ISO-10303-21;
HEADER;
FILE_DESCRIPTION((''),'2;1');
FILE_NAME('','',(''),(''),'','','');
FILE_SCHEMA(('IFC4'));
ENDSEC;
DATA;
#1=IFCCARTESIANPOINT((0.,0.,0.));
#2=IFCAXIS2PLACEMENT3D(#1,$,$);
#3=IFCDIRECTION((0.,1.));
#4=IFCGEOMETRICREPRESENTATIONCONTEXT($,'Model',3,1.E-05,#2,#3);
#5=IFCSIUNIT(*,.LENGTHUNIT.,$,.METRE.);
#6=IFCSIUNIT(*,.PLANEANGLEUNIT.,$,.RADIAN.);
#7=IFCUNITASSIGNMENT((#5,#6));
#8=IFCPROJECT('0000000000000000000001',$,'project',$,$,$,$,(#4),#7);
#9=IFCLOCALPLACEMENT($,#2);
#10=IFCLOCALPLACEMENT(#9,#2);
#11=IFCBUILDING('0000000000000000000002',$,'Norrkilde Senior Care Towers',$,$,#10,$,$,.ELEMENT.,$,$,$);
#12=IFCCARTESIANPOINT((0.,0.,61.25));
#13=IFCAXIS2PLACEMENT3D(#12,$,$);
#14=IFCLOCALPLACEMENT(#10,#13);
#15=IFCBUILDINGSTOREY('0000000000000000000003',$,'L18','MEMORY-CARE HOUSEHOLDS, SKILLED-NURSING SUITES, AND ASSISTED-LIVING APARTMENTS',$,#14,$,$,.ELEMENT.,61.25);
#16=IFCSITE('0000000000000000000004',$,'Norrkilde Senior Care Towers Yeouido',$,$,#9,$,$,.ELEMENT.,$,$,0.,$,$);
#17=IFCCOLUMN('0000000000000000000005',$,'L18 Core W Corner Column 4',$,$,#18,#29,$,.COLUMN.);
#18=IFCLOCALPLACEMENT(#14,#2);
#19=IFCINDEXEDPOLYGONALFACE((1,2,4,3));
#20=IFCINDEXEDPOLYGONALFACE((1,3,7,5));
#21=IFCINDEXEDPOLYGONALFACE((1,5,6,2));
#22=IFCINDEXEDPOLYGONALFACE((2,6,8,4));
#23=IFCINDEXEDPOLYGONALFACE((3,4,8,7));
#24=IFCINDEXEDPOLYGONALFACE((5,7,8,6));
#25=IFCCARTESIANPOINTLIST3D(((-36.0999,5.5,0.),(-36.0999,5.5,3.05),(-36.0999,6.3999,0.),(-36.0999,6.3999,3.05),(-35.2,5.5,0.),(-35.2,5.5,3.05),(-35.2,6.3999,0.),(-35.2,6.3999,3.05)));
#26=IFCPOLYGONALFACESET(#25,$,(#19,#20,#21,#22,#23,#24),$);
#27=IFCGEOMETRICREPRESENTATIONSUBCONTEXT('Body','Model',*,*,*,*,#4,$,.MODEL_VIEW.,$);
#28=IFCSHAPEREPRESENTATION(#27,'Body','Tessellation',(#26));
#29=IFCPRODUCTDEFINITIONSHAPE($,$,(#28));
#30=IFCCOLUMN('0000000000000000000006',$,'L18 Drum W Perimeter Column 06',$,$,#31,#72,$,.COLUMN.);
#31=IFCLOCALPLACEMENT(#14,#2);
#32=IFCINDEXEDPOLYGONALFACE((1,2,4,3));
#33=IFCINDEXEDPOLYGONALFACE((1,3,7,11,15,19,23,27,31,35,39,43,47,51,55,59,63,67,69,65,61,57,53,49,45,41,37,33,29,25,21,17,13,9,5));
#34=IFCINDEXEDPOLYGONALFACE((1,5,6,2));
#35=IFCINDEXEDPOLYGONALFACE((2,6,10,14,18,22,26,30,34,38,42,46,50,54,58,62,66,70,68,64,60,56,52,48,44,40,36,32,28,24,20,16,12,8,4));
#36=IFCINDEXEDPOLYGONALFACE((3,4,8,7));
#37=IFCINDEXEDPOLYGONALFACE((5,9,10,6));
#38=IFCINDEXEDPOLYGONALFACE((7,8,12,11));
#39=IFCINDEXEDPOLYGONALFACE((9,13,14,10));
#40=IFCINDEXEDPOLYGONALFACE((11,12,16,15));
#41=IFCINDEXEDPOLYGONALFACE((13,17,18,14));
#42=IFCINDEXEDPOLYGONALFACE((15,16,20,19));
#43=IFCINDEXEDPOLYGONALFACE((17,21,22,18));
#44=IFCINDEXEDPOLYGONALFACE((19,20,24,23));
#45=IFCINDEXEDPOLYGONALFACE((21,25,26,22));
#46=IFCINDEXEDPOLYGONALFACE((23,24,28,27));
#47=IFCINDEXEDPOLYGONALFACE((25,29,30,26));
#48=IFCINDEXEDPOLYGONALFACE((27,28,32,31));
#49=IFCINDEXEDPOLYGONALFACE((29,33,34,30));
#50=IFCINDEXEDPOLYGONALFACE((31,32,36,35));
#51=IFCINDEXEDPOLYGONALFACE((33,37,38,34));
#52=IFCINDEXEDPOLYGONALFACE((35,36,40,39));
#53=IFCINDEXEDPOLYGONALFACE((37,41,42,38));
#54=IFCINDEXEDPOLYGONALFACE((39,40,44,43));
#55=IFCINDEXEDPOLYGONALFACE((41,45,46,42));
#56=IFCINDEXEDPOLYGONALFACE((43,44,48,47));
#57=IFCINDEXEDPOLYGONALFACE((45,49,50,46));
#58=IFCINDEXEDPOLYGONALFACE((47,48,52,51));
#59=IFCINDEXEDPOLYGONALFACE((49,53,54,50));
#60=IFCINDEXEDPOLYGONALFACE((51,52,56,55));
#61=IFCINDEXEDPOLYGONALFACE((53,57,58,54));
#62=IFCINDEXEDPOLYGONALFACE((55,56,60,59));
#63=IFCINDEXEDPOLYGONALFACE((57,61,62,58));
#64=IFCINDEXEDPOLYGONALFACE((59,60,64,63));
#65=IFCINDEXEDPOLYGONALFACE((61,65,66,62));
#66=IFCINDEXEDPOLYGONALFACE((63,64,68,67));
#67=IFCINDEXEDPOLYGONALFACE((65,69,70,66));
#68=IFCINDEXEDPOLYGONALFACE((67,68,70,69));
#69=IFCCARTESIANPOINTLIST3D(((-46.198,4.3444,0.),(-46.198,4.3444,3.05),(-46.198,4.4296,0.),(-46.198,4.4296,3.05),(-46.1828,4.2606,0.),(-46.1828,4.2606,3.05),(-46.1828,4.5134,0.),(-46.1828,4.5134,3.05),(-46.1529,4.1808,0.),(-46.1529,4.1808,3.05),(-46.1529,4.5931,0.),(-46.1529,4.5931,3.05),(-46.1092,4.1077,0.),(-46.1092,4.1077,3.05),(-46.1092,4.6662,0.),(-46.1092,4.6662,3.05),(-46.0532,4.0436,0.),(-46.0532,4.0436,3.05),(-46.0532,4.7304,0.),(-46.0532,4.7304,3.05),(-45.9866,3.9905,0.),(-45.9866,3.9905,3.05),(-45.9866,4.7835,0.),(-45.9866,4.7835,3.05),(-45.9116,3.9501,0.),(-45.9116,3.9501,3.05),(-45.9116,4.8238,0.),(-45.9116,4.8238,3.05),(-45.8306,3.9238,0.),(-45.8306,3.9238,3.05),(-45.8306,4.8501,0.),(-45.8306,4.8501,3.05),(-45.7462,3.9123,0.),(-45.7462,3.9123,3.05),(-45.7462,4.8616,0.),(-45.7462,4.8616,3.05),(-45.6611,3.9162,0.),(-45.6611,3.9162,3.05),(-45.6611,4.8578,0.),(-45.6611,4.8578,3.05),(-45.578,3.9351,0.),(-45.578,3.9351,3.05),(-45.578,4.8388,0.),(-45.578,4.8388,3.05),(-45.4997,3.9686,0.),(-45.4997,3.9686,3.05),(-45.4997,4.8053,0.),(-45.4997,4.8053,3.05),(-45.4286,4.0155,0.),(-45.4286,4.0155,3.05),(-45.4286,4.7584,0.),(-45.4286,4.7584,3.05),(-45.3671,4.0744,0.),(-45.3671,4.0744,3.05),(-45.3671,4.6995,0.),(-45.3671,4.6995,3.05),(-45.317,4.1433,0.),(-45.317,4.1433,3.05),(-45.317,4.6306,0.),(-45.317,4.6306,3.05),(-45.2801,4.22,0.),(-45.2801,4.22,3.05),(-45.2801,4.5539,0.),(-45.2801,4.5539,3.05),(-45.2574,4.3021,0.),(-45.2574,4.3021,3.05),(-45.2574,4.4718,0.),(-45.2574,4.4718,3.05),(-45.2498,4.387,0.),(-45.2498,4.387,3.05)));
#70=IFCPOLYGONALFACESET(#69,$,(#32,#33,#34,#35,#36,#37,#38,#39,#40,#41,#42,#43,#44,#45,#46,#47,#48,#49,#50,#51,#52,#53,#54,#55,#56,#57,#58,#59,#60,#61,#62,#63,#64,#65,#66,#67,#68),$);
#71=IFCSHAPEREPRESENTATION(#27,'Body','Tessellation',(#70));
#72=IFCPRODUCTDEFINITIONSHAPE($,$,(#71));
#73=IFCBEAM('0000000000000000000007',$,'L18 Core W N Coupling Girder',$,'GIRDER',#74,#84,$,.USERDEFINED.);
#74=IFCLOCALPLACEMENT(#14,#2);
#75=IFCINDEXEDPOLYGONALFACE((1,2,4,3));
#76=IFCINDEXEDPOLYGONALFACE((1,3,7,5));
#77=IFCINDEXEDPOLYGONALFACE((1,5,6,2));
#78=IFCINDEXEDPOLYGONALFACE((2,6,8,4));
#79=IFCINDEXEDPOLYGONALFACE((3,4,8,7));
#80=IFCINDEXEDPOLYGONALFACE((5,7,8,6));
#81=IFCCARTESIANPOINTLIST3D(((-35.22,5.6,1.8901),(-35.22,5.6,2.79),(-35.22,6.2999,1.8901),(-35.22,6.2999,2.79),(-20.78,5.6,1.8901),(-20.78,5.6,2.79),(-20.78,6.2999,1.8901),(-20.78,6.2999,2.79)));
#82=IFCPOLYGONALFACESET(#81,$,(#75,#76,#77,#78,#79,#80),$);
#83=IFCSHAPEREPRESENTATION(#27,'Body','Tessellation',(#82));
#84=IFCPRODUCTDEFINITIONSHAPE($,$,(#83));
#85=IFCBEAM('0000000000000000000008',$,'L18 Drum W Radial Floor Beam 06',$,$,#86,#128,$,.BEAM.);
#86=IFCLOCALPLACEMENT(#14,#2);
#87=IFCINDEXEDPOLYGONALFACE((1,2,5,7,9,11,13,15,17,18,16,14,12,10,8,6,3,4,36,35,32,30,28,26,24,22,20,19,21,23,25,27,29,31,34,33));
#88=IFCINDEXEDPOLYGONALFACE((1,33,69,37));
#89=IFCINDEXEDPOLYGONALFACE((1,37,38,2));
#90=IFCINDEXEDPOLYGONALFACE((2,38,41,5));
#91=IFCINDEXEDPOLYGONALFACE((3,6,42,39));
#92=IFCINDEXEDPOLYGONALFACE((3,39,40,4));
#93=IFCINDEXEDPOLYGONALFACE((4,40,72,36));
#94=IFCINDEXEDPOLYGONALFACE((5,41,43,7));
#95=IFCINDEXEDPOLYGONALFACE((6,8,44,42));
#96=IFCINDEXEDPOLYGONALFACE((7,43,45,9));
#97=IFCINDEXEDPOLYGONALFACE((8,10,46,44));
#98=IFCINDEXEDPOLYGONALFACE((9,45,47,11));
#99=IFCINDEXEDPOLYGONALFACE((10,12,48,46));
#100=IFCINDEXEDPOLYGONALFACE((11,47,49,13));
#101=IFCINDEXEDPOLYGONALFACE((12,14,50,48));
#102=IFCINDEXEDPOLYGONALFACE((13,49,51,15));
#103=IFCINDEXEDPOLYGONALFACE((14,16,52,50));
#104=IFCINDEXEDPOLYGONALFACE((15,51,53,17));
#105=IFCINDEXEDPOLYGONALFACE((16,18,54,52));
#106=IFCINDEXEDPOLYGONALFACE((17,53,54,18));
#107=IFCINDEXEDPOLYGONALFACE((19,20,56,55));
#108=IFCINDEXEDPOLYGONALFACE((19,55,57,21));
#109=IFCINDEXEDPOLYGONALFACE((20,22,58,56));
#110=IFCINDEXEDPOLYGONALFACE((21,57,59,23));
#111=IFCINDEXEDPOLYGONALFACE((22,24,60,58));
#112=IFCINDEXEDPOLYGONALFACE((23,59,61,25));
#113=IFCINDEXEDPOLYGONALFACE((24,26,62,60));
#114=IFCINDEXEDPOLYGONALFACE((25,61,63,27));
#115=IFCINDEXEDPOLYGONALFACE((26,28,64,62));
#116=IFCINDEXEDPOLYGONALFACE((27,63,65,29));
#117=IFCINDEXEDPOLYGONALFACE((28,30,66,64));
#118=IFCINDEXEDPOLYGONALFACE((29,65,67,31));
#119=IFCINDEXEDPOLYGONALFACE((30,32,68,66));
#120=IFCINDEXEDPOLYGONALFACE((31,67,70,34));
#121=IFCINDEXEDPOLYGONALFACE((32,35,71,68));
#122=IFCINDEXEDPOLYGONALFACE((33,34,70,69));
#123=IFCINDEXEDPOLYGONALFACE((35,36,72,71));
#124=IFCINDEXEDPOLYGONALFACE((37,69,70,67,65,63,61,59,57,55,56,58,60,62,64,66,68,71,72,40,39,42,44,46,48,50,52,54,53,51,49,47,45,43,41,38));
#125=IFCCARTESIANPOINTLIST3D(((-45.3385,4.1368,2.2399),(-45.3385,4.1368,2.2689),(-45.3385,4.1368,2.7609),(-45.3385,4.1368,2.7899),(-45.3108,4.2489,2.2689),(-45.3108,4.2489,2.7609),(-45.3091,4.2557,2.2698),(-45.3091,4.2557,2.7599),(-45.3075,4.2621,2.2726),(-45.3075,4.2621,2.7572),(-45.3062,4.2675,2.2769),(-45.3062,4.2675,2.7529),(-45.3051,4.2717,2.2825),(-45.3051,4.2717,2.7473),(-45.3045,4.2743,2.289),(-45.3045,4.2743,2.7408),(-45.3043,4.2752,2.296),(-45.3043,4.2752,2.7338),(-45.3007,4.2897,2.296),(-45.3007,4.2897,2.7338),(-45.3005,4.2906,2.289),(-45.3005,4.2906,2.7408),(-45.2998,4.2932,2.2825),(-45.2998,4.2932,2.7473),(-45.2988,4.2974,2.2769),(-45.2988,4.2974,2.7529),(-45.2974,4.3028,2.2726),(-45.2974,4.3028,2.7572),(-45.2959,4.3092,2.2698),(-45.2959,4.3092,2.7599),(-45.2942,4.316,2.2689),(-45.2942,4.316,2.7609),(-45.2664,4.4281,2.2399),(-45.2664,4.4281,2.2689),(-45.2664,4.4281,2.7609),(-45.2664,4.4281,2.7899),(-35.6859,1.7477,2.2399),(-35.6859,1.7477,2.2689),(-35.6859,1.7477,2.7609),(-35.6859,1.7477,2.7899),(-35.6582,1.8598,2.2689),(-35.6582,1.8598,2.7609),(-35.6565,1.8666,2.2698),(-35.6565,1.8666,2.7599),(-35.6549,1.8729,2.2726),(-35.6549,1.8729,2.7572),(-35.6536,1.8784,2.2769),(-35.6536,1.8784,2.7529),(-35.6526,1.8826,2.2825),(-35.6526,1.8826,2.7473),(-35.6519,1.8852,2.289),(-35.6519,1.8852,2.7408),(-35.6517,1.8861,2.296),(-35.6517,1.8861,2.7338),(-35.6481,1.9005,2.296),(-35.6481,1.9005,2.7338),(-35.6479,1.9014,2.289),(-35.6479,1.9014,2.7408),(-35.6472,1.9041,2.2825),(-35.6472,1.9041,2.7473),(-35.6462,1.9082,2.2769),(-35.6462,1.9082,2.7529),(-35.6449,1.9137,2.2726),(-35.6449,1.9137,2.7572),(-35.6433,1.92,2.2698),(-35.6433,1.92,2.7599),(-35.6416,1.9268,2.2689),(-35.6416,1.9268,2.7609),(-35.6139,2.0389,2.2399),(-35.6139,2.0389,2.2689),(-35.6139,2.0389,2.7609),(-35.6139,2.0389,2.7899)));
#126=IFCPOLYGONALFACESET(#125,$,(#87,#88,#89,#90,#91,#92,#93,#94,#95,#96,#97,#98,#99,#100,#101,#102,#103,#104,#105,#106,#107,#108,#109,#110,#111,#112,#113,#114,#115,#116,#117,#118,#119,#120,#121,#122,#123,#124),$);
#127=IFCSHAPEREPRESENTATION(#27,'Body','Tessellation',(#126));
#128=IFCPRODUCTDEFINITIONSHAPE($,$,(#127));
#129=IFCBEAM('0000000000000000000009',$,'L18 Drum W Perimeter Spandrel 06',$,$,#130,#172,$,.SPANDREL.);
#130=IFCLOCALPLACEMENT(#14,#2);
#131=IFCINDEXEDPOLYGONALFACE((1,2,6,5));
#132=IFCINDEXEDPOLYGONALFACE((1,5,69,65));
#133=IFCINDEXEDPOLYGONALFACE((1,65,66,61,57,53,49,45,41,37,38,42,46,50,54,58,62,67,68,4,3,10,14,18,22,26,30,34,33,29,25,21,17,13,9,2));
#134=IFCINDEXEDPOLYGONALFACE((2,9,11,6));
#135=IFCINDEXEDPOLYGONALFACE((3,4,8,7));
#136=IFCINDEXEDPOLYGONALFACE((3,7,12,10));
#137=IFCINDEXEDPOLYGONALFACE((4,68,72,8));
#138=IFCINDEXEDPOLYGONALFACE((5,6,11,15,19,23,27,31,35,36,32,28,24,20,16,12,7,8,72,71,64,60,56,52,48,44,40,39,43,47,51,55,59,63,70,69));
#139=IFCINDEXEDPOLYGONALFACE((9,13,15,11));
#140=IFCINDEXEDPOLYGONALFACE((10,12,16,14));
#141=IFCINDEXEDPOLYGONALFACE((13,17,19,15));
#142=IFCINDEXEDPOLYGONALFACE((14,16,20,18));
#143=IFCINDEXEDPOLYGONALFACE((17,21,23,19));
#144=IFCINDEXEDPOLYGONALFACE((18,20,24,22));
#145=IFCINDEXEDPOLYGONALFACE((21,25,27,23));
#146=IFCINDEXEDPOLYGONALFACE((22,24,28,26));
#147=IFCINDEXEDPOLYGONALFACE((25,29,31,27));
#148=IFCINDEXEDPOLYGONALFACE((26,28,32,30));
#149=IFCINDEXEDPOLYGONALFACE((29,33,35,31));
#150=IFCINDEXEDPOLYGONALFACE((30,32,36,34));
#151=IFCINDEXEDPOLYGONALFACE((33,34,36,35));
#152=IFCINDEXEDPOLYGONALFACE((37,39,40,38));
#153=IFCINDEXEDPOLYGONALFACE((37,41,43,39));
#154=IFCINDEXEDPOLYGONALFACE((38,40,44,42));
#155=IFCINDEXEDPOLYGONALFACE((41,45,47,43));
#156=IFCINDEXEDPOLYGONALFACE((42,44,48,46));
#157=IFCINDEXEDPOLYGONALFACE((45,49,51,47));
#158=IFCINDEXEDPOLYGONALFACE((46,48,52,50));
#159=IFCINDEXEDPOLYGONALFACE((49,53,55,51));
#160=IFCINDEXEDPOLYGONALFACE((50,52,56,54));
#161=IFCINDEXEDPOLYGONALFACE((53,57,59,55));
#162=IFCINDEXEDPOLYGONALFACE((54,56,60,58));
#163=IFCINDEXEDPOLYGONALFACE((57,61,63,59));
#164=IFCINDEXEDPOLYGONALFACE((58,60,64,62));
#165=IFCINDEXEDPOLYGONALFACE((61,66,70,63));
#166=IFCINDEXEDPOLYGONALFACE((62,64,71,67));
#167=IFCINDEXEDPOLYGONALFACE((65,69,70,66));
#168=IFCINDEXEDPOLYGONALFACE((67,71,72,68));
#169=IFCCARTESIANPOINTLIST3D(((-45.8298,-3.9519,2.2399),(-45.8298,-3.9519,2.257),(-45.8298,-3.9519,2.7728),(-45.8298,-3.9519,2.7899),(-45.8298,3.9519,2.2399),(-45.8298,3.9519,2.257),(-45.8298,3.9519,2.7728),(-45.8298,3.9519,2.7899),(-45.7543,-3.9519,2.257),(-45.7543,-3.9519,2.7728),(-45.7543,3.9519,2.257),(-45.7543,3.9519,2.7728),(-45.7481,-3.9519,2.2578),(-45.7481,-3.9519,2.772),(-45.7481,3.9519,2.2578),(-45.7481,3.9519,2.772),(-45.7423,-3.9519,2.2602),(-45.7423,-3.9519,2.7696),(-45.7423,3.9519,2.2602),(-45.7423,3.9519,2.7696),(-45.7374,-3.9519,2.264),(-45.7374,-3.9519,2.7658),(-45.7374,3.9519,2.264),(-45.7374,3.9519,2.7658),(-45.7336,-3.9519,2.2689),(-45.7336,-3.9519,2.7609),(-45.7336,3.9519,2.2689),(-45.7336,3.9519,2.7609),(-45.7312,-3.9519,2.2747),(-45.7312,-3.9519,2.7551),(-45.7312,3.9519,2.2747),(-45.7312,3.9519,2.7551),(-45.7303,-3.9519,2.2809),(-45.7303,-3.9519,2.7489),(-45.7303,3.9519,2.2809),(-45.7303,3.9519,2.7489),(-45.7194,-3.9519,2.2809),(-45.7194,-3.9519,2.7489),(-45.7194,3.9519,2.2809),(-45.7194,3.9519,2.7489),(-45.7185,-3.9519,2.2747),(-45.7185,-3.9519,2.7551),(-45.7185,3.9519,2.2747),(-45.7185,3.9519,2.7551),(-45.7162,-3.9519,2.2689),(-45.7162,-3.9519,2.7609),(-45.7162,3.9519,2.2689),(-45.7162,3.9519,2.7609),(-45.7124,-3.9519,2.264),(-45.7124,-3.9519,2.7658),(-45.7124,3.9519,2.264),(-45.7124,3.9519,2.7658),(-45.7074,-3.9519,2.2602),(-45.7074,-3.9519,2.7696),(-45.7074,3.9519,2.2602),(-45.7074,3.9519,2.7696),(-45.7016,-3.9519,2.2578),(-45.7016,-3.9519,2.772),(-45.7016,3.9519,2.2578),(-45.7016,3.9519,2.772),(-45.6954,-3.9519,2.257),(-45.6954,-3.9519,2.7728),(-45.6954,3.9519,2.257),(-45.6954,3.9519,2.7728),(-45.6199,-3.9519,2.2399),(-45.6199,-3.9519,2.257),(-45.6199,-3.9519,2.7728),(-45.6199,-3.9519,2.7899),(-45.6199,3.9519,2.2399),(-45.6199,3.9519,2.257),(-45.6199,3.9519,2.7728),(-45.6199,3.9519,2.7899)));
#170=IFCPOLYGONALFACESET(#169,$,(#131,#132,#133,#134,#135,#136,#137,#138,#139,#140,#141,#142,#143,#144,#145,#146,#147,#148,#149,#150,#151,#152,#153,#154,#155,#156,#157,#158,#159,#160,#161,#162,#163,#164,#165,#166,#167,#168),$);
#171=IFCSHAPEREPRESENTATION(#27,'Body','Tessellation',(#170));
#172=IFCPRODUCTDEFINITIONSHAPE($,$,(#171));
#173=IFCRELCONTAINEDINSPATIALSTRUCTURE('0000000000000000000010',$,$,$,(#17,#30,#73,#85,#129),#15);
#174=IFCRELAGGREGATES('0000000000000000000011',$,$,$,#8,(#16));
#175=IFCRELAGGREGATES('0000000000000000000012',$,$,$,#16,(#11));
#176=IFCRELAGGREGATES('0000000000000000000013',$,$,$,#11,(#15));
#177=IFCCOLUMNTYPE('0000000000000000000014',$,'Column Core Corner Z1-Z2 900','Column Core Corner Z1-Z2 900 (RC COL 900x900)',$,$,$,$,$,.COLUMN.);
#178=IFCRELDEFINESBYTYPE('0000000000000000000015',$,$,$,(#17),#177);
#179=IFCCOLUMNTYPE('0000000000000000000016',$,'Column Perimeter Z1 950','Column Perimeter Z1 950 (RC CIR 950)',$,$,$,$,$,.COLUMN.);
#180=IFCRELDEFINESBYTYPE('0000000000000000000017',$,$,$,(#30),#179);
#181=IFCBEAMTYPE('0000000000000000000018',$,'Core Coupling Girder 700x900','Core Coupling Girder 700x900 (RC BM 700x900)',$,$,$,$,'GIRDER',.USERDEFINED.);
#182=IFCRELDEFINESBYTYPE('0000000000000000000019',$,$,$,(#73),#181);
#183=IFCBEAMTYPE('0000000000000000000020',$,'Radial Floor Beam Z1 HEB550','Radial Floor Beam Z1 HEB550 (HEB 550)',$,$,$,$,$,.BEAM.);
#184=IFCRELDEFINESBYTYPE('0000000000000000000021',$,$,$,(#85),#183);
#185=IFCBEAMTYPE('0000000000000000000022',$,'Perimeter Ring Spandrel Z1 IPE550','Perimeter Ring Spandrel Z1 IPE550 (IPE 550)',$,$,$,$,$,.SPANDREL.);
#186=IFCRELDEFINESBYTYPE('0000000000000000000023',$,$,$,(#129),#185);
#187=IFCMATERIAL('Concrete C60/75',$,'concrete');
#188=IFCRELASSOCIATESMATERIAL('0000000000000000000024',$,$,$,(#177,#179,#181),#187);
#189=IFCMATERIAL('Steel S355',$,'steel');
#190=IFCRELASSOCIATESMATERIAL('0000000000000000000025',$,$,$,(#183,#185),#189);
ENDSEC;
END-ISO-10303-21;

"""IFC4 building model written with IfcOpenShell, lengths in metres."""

from ifc_helpers import new_model, si_unit, direction, frame, origin, origin_2d, place, context, subcontext, project, spatial, rectangle, circle, i_section, extrude, source, transform, mapped, material, material_profile, profile_set, type_object, type_shapes, element, save


model = new_model("IFC4")

# Units and contexts
model_context = context("Model", 3, precision=1e-05, world=origin(), true_north=direction((0.0, 1.0)))
body_context = subcontext(model_context, "Body", "Model", "MODEL_VIEW")
ifc_project = project(units=[si_unit("LENGTHUNIT", "METRE"), si_unit("PLANEANGLEUNIT", "RADIAN")], contexts=[model_context])

# Site, building, storey
site_placement = place(None, origin())
site = spatial("IfcSite", under=ifc_project, at=site_placement, Name="Norrkilde Senior Care Towers Yeouido", CompositionType="ELEMENT", RefElevation=0.0)
building_placement = place(site_placement, origin())
building = spatial("IfcBuilding", under=site, at=building_placement, Name="Norrkilde Senior Care Towers", CompositionType="ELEMENT")
storey_placement = place(building_placement, frame((0.0, 0.0, 61.25)))
storey = spatial("IfcBuildingStorey", under=building, at=storey_placement, Name="L18", Description="MEMORY-CARE HOUSEHOLDS, SKILLED-NURSING SUITES, AND ASSISTED-LIVING APARTMENTS", CompositionType="ELEMENT", Elevation=61.25)

# Columns
ifc_material_1 = material(Name="Concrete C60/75", Category="concrete")
ifc_material_profile_1 = material_profile(ifc_material_1, rectangle(XDim=0.8999, YDim=0.8999, at=origin_2d()), Name="RC COL 900x900")
ifc_profile_set_1 = profile_set([ifc_material_profile_1], Name="Concrete C60/75")
column_type_1 = type_object("IfcColumnType", Name="Column Core Corner Z1-Z2 900", Description="Column Core Corner Z1-Z2 900 (RC COL 900x900)", PredefinedType="COLUMN", material=ifc_profile_set_1)
shared_shape_1 = source(origin(), body_context, "Body", "SweptSolid", [
    extrude(rectangle(XDim=0.8999, YDim=0.8999, at=origin_2d()), origin(), (0.0, 0.0, 1.0), 3.05),
])
type_shapes(column_type_1, [shared_shape_1])
column_1_placement = place(storey_placement, frame((-35.6499, 5.95, 0.0), z_axis=(0.0, 0.0, 1.0), x_axis=(1.0, 0.0, 0.0)))
element("IfcColumn", 1, at=column_1_placement, inside=storey, type_object=column_type_1, Name="L18 Core W Corner Column 4", PredefinedType="COLUMN", context=body_context, shape_type="MappedRepresentation", body=[
    mapped(shared_shape_1, transform((0.0, 0.0, 0.0), x_axis=(1.0, 0.0, 0.0), y_axis=(0.0, 1.0, 0.0), z_axis=(0.0, 0.0, 1.0), scale=1.0)),
])
ifc_material_profile_2 = material_profile(ifc_material_1, circle(Radius=0.4751, at=origin_2d()), Name="RC CIR 950")
ifc_profile_set_2 = profile_set([ifc_material_profile_2], Name="Concrete C60/75")
column_type_2 = type_object("IfcColumnType", Name="Column Perimeter Z1 950", Description="Column Perimeter Z1 950 (RC CIR 950)", PredefinedType="COLUMN", material=ifc_profile_set_2)
shared_shape_2 = source(origin(), body_context, "Body", "SweptSolid", [
    extrude(circle(Radius=0.4751, at=origin_2d()), origin(), (0.0, 0.0, 1.0), 3.05),
])
type_shapes(column_type_2, [shared_shape_2])
column_2_placement = place(storey_placement, frame((-45.7249, 4.387, 0.0), z_axis=(0.0, 0.0, 1.0), x_axis=(1.0, 0.0, 0.0)))
element("IfcColumn", 2, at=column_2_placement, inside=storey, type_object=column_type_2, Name="L18 Drum W Perimeter Column 06", PredefinedType="COLUMN", context=body_context, shape_type="MappedRepresentation", body=[
    mapped(shared_shape_2, transform((0.0, 0.0, 0.0), x_axis=(1.0, 0.0, 0.0), y_axis=(0.0, 1.0, 0.0), z_axis=(0.0, 0.0, 1.0), scale=1.0)),
])

# Beams
ifc_material_profile_3 = material_profile(ifc_material_1, rectangle(XDim=0.7, YDim=0.8999, at=origin_2d()), Name="RC BM 700x900")
ifc_profile_set_3 = profile_set([ifc_material_profile_3], Name="Concrete C60/75")
beam_type_1 = type_object("IfcBeamType", Name="Core Coupling Girder 700x900", Description="Core Coupling Girder 700x900 (RC BM 700x900)", ElementType="GIRDER", PredefinedType="USERDEFINED", material=ifc_profile_set_3)
shared_shape_3 = source(origin(), body_context, "Body", "SweptSolid", [
    extrude(rectangle(XDim=0.7, YDim=0.8999, at=origin_2d()), origin(), (0.0, 0.0, 1.0), 14.4399),
])
type_shapes(beam_type_1, [shared_shape_3])
beam_1_placement = place(storey_placement, frame((-35.22, 5.95, 2.3401), z_axis=(1.0, 0.0, 0.0), x_axis=(0.0, 1.0, 0.0)))
element("IfcBeam", 3, at=beam_1_placement, inside=storey, type_object=beam_type_1, Name="L18 Core W N Coupling Girder", ObjectType="GIRDER", PredefinedType="USERDEFINED", context=body_context, shape_type="MappedRepresentation", body=[
    mapped(shared_shape_3, transform((0.0, 0.0, 0.0), x_axis=(1.0, 0.0, 0.0), y_axis=(0.0, 1.0, 0.0), z_axis=(0.0, 0.0, 1.0), scale=1.0)),
])
ifc_material_2 = material(Name="Steel S355", Category="steel")
ifc_material_profile_4 = material_profile(ifc_material_2, i_section(OverallWidth=0.3, OverallDepth=0.55, WebThickness=0.0149, FlangeThickness=0.0291, FilletRadius=0.0271, at=origin_2d()), Name="HEB 550")
ifc_profile_set_4 = profile_set([ifc_material_profile_4], Name="Steel S355")
beam_type_2 = type_object("IfcBeamType", Name="Radial Floor Beam Z1 HEB550", Description="Radial Floor Beam Z1 HEB550 (HEB 550)", PredefinedType="BEAM", material=ifc_profile_set_4)
shared_shape_4 = source(origin(), body_context, "Body", "SweptSolid", [
    extrude(i_section(OverallWidth=0.3, OverallDepth=0.55, WebThickness=0.0149, FlangeThickness=0.0291, FilletRadius=0.0271, at=origin_2d()), origin(), (0.0, 0.0, 1.0), 9.9438),
])
type_shapes(beam_type_2, [shared_shape_4])
beam_2_placement = place(storey_placement, frame((-35.6499, 1.8933, 2.5149), z_axis=(-0.970707, 0.240265, 0.0), x_axis=(-0.240265, -0.970707, 0.0)))
element("IfcBeam", 4, at=beam_2_placement, inside=storey, type_object=beam_type_2, Name="L18 Drum W Radial Floor Beam 06", PredefinedType="BEAM", context=body_context, shape_type="MappedRepresentation", body=[
    mapped(shared_shape_4, transform((0.0, 0.0, 0.0), x_axis=(1.0, 0.0, 0.0), y_axis=(0.0, 1.0, 0.0), z_axis=(0.0, 0.0, 1.0), scale=1.0)),
])
ifc_material_profile_5 = material_profile(ifc_material_2, i_section(OverallWidth=0.21, OverallDepth=0.55, WebThickness=0.011, FlangeThickness=0.0171, FilletRadius=0.0239, at=origin_2d()), Name="IPE 550")
ifc_profile_set_5 = profile_set([ifc_material_profile_5], Name="Steel S355")
beam_type_3 = type_object("IfcBeamType", Name="Perimeter Ring Spandrel Z1 IPE550", Description="Perimeter Ring Spandrel Z1 IPE550 (IPE 550)", PredefinedType="SPANDREL", material=ifc_profile_set_5)
shared_shape_5 = source(origin(), body_context, "Body", "SweptSolid", [
    extrude(i_section(OverallWidth=0.21, OverallDepth=0.55, WebThickness=0.011, FlangeThickness=0.0171, FilletRadius=0.0239, at=origin_2d()), origin(), (0.0, 0.0, 1.0), 7.9038),
])
type_shapes(beam_type_3, [shared_shape_5])
beam_3_placement = place(storey_placement, frame((-45.7249, 3.9519, 2.5149), z_axis=(0.0, -1.0, 0.0), x_axis=(1.0, 0.0, 0.0)))
element("IfcBeam", 5, at=beam_3_placement, inside=storey, type_object=beam_type_3, Name="L18 Drum W Perimeter Spandrel 06", PredefinedType="SPANDREL", context=body_context, shape_type="MappedRepresentation", body=[
    mapped(shared_shape_5, transform((0.0, 0.0, 0.0), x_axis=(1.0, 0.0, 0.0), y_axis=(0.0, 1.0, 0.0), z_axis=(0.0, 0.0, 1.0), scale=1.0)),
])

save(model, "model.ifc")
